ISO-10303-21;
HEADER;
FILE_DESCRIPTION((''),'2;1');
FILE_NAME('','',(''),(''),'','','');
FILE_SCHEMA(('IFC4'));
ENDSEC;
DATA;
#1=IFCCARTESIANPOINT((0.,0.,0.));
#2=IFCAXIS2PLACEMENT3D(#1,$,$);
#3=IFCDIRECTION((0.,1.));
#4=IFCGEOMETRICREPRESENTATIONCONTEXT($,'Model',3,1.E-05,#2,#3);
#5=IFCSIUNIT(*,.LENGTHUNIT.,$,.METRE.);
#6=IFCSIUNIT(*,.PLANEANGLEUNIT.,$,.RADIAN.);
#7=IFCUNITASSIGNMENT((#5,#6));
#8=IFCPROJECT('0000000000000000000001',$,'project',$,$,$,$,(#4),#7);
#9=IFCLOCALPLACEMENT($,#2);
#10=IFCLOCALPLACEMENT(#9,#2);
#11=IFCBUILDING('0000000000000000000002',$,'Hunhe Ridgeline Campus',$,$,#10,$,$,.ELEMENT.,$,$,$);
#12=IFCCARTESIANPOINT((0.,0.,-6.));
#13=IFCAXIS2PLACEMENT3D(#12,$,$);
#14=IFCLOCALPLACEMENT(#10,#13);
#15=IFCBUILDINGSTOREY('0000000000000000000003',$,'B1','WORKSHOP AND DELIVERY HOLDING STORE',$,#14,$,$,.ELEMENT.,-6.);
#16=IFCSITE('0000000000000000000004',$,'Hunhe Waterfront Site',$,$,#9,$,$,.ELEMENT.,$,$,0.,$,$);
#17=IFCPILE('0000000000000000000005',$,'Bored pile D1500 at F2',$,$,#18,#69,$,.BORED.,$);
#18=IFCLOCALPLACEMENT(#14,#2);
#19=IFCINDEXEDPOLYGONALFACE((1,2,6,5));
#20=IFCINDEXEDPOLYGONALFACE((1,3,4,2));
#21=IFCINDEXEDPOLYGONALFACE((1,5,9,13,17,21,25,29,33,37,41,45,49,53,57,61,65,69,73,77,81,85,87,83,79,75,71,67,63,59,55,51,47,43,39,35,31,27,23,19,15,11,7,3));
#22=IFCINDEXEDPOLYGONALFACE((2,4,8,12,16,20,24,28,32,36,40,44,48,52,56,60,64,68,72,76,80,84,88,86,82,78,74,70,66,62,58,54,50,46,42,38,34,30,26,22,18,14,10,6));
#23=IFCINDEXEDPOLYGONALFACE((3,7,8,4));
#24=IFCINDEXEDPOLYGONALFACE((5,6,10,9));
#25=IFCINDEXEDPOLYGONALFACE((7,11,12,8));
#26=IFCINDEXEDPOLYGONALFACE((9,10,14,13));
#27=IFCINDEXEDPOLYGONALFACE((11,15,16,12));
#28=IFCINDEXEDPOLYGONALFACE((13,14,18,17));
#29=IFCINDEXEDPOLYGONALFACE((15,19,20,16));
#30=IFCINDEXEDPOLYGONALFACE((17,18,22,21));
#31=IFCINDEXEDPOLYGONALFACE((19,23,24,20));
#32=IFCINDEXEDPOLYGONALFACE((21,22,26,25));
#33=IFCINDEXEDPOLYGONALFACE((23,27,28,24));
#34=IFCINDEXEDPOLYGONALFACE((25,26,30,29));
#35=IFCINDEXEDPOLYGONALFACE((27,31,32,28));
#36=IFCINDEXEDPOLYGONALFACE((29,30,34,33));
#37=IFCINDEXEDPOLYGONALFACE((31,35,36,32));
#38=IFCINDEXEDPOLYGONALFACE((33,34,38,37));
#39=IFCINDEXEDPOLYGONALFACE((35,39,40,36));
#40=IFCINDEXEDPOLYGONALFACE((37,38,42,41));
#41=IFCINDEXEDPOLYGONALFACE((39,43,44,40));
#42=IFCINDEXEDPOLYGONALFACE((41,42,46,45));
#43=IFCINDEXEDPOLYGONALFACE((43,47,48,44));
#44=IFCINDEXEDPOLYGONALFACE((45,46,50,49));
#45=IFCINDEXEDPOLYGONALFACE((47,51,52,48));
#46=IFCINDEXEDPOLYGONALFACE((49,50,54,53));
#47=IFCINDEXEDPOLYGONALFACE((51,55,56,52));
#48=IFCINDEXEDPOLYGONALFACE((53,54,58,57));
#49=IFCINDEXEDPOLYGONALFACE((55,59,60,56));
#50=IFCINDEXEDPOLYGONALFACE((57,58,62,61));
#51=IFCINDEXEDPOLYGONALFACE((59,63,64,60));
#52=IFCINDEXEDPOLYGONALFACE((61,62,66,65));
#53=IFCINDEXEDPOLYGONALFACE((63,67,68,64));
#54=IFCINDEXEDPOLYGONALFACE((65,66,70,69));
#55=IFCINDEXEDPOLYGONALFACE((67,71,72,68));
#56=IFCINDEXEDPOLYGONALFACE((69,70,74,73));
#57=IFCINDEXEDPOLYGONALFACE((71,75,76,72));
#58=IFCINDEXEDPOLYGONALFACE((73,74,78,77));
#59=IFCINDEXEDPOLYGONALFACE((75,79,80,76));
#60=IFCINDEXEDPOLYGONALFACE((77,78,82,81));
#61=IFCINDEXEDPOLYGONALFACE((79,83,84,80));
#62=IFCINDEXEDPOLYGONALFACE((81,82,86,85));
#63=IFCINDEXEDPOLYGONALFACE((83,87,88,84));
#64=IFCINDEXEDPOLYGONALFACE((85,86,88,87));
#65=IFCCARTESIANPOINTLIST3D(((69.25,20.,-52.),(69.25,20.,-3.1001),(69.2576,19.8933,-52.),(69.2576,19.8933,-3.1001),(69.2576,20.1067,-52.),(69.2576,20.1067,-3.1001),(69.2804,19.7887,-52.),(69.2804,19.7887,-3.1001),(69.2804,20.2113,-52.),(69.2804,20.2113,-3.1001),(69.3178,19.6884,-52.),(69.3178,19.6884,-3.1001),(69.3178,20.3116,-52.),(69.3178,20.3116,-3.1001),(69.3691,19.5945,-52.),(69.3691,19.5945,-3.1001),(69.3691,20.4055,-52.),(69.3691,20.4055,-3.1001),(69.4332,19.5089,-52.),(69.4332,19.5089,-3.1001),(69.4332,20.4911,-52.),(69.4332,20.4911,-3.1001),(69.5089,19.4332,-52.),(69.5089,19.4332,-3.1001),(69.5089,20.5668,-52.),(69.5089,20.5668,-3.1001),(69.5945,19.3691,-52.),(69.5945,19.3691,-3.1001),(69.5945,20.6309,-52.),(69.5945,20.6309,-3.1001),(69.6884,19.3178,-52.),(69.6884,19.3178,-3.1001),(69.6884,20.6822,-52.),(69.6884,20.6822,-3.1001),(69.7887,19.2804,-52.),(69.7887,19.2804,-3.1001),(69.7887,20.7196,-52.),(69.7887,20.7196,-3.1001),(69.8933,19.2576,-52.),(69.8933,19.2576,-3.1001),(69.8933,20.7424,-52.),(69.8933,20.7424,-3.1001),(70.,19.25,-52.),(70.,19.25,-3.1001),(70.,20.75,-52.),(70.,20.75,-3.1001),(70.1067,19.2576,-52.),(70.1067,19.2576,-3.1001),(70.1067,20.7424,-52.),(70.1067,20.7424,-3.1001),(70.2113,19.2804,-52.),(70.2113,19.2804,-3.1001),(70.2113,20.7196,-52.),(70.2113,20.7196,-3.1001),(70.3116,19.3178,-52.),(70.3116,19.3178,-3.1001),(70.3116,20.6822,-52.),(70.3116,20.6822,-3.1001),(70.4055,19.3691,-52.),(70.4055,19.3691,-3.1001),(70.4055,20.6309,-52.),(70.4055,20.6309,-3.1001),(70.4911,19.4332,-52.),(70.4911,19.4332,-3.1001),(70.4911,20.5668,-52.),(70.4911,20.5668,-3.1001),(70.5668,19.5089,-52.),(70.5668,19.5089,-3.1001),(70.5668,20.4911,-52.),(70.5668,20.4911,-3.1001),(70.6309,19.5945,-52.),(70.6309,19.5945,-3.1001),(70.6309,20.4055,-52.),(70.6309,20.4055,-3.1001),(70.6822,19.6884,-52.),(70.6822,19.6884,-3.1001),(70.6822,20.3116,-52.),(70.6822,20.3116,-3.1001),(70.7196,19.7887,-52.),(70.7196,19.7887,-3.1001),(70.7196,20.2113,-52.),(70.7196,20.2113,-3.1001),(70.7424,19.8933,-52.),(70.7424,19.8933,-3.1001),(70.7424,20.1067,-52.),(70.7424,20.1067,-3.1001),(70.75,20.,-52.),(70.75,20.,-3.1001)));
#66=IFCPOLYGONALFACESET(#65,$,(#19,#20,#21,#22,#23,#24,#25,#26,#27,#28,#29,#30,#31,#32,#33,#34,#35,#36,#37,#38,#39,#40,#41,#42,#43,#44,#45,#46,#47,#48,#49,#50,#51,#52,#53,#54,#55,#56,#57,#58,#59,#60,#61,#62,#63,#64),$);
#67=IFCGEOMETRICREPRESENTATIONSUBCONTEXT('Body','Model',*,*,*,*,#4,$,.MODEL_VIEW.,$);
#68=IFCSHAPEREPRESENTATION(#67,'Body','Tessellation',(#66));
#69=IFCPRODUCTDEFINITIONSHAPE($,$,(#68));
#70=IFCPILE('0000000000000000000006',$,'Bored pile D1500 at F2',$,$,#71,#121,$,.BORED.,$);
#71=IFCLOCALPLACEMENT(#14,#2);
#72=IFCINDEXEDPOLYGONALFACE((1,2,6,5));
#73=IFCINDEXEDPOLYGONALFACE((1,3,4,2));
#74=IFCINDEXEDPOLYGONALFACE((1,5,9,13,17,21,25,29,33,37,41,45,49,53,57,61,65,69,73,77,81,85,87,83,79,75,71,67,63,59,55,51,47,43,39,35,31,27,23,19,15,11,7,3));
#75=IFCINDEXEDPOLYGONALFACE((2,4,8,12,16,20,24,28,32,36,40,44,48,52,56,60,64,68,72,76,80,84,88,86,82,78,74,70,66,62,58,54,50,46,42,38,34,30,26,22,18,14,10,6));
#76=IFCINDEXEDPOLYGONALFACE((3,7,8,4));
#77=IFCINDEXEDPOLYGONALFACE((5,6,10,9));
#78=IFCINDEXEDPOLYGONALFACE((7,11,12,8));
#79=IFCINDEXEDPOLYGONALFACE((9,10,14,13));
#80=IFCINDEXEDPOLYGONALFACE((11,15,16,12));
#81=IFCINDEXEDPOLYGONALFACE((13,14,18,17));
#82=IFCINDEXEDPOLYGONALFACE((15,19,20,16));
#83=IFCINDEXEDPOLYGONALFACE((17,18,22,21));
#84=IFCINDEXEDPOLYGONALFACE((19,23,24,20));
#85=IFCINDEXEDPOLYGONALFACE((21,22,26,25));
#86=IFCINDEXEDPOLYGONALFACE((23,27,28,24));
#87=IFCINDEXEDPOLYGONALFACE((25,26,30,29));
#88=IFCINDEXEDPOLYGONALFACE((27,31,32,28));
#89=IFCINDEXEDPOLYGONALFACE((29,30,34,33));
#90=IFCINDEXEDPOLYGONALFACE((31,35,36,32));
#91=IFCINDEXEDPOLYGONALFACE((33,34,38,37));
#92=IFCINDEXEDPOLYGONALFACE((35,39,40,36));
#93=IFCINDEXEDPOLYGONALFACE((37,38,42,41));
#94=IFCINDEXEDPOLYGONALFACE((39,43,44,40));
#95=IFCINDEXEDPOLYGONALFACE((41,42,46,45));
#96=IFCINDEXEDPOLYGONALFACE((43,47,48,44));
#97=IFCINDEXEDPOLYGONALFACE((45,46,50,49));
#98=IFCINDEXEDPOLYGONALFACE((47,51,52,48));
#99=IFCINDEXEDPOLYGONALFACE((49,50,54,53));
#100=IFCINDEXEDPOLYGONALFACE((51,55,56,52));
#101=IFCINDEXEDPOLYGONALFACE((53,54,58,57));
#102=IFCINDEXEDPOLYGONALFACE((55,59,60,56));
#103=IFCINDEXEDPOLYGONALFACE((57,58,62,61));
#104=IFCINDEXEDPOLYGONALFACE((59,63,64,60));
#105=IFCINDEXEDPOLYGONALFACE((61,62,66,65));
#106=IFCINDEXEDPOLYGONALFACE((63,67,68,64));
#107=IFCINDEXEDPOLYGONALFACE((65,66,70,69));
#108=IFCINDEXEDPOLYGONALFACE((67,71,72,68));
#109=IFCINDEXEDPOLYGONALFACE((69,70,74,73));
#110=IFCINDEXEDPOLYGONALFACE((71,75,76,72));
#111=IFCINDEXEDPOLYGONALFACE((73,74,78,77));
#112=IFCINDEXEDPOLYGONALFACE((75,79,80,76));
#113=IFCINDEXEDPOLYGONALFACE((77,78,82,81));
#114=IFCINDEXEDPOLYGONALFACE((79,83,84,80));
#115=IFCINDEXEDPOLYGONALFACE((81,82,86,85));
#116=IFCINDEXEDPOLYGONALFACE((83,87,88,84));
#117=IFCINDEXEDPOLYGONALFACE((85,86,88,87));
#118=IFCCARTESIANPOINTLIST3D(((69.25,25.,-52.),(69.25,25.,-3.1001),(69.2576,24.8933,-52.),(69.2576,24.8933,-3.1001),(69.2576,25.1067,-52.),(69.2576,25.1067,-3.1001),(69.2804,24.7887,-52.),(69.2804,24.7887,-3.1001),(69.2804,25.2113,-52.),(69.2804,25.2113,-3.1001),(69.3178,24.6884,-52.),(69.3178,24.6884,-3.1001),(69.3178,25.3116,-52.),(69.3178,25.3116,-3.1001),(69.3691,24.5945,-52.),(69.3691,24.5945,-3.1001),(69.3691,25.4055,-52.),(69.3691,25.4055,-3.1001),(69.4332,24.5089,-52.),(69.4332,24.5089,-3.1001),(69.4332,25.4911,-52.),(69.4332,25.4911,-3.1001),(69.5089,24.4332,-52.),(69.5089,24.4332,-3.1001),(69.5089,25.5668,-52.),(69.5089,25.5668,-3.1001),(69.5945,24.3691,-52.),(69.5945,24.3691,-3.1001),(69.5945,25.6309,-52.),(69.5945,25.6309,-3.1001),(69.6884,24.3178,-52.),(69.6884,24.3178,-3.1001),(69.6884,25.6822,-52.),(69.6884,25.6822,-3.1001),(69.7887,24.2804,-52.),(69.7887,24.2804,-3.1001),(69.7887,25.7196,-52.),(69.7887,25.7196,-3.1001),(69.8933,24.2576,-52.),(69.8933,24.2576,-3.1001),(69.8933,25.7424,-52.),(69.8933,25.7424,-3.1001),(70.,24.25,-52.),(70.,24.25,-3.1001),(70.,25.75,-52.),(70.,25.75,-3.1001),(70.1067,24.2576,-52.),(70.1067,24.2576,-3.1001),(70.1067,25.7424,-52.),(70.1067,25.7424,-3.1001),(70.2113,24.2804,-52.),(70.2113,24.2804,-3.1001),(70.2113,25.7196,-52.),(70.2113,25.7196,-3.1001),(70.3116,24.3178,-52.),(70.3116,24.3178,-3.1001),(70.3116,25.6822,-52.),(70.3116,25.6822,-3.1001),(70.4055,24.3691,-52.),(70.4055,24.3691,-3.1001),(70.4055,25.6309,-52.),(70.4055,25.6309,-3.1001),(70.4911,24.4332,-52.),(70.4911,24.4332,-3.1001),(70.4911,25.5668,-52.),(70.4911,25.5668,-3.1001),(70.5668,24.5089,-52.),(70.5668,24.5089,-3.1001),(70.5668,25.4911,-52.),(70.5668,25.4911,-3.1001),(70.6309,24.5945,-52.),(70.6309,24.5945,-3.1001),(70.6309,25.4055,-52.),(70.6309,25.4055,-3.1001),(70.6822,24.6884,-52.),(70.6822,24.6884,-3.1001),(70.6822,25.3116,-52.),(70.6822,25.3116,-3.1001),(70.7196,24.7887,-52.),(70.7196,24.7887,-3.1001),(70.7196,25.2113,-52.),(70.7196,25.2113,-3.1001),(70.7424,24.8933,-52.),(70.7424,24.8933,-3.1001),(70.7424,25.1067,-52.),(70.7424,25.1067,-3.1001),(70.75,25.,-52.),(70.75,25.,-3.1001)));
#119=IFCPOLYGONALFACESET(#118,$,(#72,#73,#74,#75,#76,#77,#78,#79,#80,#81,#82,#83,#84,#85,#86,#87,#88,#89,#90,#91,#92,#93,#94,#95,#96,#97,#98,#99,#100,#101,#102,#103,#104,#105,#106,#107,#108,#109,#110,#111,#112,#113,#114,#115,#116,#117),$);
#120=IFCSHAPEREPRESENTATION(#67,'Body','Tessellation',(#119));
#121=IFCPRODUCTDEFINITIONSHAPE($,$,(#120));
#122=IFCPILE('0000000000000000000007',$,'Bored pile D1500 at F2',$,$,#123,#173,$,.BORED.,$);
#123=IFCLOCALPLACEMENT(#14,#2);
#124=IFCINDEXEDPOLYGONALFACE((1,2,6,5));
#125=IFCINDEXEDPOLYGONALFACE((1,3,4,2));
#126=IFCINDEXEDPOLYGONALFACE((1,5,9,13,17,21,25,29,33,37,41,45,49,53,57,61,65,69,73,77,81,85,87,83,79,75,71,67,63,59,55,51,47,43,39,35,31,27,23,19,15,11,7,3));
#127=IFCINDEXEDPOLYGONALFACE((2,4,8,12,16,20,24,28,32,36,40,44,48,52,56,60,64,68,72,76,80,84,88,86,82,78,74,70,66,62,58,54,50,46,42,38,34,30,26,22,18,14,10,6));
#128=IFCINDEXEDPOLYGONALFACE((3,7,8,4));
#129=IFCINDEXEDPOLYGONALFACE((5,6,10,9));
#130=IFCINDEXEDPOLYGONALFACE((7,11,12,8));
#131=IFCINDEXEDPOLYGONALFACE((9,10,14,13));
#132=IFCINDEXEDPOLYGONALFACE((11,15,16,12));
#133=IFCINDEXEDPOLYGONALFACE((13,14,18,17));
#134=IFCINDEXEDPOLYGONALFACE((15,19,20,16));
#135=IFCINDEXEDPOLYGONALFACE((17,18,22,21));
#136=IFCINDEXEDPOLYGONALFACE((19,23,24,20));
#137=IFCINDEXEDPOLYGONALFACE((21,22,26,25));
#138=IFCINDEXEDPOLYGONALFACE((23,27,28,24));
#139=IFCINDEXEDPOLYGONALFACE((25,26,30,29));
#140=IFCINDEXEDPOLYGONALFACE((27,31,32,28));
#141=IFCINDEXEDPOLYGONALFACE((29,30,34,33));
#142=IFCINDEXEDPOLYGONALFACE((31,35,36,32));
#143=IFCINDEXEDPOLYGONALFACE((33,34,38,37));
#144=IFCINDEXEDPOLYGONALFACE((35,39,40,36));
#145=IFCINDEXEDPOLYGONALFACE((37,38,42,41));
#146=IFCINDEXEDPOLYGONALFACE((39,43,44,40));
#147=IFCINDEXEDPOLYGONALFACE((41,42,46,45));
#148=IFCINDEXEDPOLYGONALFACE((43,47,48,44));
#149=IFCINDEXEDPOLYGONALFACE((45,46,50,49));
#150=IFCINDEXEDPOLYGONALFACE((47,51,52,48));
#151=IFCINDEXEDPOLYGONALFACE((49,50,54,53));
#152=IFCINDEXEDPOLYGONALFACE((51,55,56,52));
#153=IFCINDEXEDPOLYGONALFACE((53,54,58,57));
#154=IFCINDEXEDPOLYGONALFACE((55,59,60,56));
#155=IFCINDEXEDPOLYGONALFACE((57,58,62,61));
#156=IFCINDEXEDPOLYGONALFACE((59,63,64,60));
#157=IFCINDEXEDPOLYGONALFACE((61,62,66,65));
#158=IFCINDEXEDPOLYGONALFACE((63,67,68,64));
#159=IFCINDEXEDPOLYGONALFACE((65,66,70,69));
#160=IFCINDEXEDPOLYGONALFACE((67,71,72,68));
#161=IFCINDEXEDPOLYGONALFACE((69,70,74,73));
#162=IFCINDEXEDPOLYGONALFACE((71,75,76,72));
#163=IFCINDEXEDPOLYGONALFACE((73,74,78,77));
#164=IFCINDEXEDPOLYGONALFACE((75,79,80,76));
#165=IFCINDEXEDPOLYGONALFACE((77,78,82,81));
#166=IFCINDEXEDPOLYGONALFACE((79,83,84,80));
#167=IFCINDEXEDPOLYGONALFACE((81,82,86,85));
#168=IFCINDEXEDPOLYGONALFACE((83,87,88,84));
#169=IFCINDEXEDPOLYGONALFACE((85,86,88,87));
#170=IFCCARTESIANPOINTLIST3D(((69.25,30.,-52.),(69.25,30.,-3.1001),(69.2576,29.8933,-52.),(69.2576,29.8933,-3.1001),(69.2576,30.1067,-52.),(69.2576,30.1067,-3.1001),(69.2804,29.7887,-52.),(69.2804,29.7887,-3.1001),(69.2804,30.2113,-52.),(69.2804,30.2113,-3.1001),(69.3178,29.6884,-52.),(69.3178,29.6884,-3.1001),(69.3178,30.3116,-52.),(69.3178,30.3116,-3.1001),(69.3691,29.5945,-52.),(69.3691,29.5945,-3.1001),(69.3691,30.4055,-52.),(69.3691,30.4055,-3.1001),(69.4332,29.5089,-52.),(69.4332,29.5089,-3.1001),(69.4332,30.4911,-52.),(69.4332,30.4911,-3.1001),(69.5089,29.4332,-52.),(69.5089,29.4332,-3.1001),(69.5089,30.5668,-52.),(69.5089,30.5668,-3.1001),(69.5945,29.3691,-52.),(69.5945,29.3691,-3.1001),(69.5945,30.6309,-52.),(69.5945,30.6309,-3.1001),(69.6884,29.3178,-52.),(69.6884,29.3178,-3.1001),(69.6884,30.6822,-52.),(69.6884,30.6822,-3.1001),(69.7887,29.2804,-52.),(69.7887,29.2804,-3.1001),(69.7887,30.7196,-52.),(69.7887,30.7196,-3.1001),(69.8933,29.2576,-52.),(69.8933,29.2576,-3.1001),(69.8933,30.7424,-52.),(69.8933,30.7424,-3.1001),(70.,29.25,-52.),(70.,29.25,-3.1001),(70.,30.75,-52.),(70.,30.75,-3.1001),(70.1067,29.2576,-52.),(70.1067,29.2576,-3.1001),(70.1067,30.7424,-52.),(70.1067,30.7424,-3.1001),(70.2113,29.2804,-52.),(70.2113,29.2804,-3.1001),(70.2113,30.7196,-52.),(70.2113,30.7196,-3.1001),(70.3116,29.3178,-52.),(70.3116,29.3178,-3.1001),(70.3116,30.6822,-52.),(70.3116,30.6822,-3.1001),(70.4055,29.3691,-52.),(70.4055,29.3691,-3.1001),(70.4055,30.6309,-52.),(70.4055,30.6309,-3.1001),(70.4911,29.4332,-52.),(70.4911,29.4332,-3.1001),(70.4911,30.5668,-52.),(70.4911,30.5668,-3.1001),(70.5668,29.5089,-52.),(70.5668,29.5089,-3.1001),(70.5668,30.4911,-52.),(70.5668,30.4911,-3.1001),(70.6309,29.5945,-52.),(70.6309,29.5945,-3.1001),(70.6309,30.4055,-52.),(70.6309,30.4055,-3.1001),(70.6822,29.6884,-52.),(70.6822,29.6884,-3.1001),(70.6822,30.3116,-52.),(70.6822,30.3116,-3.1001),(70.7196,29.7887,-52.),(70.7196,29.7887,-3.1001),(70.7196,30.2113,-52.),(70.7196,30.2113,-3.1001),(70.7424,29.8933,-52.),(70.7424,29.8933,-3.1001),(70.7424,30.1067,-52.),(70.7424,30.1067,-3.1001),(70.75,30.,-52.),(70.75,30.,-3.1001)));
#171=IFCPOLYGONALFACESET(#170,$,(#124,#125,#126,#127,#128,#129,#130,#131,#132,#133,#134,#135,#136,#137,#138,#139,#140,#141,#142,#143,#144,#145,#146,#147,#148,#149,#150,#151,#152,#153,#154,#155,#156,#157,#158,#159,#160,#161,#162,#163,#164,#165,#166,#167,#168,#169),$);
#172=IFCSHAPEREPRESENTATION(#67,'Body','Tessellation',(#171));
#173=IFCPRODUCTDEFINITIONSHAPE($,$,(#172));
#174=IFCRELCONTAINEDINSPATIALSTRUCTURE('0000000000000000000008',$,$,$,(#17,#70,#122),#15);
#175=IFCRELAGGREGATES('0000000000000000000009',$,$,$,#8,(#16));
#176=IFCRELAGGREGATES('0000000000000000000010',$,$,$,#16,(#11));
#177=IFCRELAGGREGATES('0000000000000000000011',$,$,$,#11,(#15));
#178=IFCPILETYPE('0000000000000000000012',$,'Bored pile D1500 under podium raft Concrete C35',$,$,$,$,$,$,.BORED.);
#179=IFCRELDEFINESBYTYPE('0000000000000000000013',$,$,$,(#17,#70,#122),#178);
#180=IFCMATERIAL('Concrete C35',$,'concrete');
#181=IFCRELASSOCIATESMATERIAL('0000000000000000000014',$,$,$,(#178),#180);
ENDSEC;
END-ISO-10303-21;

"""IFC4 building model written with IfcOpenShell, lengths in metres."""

from ifc_helpers import new_model, si_unit, direction, frame, origin, origin_2d, place, context, subcontext, project, spatial, circle, extrude, material, material_profile, profile_set, type_object, element, save


model = new_model("IFC4")

# Units and contexts
model_context = context("Model", 3, precision=1e-05, world=origin(), true_north=direction((0.0, 1.0)))
body_context = subcontext(model_context, "Body", "Model", "MODEL_VIEW")
ifc_project = project(units=[si_unit("LENGTHUNIT", "METRE"), si_unit("PLANEANGLEUNIT", "RADIAN")], contexts=[model_context])

# Site, building, storey
site_placement = place(None, origin())
site = spatial("IfcSite", under=ifc_project, at=site_placement, Name="Hunhe Waterfront Site", CompositionType="ELEMENT", RefElevation=0.0)
building_placement = place(site_placement, origin())
building = spatial("IfcBuilding", under=site, at=building_placement, Name="Hunhe Ridgeline Campus", CompositionType="ELEMENT")
storey_placement = place(building_placement, frame((0.0, 0.0, -6.0)))
storey = spatial("IfcBuildingStorey", under=building, at=storey_placement, Name="B1", Description="WORKSHOP AND DELIVERY HOLDING STORE", CompositionType="ELEMENT", Elevation=-6.0)

# Piles
ifc_material_1 = material(Name="Concrete C35", Category="concrete")
ifc_material_profile_1 = material_profile(ifc_material_1, circle(Radius=0.75, at=origin_2d()))
ifc_profile_set_1 = profile_set([ifc_material_profile_1], Name="Concrete C35")
pile_type = type_object("IfcPileType", Name="Bored pile D1500 under podium raft Concrete C35", PredefinedType="BORED", material=ifc_profile_set_1)
for number, where, z_axis, x_axis, name in (
    (1, (70.0, 20.0, -3.1001), (0.0, 0.0, -1.0), (1.0, 0.0, 0.0), "Bored pile D1500 at F2"),
    (2, (70.0, 25.0, -3.1001), (0.0, 0.0, -1.0), (1.0, 0.0, 0.0), "Bored pile D1500 at F2"),
    (3, (70.0, 30.0, -3.1001), (0.0, 0.0, -1.0), (1.0, 0.0, 0.0), "Bored pile D1500 at F2"),
):
    element("IfcPile", number, at=place(storey_placement, frame(where, z_axis=z_axis, x_axis=x_axis)), inside=storey, type_object=pile_type, Name=name, PredefinedType="BORED", context=body_context, shape_type="SweptSolid", body=[
        extrude(circle(Radius=0.75, at=origin_2d()), origin(), (0.0, 0.0, 1.0), 48.8999),
    ])

save(model, "model.ifc")
